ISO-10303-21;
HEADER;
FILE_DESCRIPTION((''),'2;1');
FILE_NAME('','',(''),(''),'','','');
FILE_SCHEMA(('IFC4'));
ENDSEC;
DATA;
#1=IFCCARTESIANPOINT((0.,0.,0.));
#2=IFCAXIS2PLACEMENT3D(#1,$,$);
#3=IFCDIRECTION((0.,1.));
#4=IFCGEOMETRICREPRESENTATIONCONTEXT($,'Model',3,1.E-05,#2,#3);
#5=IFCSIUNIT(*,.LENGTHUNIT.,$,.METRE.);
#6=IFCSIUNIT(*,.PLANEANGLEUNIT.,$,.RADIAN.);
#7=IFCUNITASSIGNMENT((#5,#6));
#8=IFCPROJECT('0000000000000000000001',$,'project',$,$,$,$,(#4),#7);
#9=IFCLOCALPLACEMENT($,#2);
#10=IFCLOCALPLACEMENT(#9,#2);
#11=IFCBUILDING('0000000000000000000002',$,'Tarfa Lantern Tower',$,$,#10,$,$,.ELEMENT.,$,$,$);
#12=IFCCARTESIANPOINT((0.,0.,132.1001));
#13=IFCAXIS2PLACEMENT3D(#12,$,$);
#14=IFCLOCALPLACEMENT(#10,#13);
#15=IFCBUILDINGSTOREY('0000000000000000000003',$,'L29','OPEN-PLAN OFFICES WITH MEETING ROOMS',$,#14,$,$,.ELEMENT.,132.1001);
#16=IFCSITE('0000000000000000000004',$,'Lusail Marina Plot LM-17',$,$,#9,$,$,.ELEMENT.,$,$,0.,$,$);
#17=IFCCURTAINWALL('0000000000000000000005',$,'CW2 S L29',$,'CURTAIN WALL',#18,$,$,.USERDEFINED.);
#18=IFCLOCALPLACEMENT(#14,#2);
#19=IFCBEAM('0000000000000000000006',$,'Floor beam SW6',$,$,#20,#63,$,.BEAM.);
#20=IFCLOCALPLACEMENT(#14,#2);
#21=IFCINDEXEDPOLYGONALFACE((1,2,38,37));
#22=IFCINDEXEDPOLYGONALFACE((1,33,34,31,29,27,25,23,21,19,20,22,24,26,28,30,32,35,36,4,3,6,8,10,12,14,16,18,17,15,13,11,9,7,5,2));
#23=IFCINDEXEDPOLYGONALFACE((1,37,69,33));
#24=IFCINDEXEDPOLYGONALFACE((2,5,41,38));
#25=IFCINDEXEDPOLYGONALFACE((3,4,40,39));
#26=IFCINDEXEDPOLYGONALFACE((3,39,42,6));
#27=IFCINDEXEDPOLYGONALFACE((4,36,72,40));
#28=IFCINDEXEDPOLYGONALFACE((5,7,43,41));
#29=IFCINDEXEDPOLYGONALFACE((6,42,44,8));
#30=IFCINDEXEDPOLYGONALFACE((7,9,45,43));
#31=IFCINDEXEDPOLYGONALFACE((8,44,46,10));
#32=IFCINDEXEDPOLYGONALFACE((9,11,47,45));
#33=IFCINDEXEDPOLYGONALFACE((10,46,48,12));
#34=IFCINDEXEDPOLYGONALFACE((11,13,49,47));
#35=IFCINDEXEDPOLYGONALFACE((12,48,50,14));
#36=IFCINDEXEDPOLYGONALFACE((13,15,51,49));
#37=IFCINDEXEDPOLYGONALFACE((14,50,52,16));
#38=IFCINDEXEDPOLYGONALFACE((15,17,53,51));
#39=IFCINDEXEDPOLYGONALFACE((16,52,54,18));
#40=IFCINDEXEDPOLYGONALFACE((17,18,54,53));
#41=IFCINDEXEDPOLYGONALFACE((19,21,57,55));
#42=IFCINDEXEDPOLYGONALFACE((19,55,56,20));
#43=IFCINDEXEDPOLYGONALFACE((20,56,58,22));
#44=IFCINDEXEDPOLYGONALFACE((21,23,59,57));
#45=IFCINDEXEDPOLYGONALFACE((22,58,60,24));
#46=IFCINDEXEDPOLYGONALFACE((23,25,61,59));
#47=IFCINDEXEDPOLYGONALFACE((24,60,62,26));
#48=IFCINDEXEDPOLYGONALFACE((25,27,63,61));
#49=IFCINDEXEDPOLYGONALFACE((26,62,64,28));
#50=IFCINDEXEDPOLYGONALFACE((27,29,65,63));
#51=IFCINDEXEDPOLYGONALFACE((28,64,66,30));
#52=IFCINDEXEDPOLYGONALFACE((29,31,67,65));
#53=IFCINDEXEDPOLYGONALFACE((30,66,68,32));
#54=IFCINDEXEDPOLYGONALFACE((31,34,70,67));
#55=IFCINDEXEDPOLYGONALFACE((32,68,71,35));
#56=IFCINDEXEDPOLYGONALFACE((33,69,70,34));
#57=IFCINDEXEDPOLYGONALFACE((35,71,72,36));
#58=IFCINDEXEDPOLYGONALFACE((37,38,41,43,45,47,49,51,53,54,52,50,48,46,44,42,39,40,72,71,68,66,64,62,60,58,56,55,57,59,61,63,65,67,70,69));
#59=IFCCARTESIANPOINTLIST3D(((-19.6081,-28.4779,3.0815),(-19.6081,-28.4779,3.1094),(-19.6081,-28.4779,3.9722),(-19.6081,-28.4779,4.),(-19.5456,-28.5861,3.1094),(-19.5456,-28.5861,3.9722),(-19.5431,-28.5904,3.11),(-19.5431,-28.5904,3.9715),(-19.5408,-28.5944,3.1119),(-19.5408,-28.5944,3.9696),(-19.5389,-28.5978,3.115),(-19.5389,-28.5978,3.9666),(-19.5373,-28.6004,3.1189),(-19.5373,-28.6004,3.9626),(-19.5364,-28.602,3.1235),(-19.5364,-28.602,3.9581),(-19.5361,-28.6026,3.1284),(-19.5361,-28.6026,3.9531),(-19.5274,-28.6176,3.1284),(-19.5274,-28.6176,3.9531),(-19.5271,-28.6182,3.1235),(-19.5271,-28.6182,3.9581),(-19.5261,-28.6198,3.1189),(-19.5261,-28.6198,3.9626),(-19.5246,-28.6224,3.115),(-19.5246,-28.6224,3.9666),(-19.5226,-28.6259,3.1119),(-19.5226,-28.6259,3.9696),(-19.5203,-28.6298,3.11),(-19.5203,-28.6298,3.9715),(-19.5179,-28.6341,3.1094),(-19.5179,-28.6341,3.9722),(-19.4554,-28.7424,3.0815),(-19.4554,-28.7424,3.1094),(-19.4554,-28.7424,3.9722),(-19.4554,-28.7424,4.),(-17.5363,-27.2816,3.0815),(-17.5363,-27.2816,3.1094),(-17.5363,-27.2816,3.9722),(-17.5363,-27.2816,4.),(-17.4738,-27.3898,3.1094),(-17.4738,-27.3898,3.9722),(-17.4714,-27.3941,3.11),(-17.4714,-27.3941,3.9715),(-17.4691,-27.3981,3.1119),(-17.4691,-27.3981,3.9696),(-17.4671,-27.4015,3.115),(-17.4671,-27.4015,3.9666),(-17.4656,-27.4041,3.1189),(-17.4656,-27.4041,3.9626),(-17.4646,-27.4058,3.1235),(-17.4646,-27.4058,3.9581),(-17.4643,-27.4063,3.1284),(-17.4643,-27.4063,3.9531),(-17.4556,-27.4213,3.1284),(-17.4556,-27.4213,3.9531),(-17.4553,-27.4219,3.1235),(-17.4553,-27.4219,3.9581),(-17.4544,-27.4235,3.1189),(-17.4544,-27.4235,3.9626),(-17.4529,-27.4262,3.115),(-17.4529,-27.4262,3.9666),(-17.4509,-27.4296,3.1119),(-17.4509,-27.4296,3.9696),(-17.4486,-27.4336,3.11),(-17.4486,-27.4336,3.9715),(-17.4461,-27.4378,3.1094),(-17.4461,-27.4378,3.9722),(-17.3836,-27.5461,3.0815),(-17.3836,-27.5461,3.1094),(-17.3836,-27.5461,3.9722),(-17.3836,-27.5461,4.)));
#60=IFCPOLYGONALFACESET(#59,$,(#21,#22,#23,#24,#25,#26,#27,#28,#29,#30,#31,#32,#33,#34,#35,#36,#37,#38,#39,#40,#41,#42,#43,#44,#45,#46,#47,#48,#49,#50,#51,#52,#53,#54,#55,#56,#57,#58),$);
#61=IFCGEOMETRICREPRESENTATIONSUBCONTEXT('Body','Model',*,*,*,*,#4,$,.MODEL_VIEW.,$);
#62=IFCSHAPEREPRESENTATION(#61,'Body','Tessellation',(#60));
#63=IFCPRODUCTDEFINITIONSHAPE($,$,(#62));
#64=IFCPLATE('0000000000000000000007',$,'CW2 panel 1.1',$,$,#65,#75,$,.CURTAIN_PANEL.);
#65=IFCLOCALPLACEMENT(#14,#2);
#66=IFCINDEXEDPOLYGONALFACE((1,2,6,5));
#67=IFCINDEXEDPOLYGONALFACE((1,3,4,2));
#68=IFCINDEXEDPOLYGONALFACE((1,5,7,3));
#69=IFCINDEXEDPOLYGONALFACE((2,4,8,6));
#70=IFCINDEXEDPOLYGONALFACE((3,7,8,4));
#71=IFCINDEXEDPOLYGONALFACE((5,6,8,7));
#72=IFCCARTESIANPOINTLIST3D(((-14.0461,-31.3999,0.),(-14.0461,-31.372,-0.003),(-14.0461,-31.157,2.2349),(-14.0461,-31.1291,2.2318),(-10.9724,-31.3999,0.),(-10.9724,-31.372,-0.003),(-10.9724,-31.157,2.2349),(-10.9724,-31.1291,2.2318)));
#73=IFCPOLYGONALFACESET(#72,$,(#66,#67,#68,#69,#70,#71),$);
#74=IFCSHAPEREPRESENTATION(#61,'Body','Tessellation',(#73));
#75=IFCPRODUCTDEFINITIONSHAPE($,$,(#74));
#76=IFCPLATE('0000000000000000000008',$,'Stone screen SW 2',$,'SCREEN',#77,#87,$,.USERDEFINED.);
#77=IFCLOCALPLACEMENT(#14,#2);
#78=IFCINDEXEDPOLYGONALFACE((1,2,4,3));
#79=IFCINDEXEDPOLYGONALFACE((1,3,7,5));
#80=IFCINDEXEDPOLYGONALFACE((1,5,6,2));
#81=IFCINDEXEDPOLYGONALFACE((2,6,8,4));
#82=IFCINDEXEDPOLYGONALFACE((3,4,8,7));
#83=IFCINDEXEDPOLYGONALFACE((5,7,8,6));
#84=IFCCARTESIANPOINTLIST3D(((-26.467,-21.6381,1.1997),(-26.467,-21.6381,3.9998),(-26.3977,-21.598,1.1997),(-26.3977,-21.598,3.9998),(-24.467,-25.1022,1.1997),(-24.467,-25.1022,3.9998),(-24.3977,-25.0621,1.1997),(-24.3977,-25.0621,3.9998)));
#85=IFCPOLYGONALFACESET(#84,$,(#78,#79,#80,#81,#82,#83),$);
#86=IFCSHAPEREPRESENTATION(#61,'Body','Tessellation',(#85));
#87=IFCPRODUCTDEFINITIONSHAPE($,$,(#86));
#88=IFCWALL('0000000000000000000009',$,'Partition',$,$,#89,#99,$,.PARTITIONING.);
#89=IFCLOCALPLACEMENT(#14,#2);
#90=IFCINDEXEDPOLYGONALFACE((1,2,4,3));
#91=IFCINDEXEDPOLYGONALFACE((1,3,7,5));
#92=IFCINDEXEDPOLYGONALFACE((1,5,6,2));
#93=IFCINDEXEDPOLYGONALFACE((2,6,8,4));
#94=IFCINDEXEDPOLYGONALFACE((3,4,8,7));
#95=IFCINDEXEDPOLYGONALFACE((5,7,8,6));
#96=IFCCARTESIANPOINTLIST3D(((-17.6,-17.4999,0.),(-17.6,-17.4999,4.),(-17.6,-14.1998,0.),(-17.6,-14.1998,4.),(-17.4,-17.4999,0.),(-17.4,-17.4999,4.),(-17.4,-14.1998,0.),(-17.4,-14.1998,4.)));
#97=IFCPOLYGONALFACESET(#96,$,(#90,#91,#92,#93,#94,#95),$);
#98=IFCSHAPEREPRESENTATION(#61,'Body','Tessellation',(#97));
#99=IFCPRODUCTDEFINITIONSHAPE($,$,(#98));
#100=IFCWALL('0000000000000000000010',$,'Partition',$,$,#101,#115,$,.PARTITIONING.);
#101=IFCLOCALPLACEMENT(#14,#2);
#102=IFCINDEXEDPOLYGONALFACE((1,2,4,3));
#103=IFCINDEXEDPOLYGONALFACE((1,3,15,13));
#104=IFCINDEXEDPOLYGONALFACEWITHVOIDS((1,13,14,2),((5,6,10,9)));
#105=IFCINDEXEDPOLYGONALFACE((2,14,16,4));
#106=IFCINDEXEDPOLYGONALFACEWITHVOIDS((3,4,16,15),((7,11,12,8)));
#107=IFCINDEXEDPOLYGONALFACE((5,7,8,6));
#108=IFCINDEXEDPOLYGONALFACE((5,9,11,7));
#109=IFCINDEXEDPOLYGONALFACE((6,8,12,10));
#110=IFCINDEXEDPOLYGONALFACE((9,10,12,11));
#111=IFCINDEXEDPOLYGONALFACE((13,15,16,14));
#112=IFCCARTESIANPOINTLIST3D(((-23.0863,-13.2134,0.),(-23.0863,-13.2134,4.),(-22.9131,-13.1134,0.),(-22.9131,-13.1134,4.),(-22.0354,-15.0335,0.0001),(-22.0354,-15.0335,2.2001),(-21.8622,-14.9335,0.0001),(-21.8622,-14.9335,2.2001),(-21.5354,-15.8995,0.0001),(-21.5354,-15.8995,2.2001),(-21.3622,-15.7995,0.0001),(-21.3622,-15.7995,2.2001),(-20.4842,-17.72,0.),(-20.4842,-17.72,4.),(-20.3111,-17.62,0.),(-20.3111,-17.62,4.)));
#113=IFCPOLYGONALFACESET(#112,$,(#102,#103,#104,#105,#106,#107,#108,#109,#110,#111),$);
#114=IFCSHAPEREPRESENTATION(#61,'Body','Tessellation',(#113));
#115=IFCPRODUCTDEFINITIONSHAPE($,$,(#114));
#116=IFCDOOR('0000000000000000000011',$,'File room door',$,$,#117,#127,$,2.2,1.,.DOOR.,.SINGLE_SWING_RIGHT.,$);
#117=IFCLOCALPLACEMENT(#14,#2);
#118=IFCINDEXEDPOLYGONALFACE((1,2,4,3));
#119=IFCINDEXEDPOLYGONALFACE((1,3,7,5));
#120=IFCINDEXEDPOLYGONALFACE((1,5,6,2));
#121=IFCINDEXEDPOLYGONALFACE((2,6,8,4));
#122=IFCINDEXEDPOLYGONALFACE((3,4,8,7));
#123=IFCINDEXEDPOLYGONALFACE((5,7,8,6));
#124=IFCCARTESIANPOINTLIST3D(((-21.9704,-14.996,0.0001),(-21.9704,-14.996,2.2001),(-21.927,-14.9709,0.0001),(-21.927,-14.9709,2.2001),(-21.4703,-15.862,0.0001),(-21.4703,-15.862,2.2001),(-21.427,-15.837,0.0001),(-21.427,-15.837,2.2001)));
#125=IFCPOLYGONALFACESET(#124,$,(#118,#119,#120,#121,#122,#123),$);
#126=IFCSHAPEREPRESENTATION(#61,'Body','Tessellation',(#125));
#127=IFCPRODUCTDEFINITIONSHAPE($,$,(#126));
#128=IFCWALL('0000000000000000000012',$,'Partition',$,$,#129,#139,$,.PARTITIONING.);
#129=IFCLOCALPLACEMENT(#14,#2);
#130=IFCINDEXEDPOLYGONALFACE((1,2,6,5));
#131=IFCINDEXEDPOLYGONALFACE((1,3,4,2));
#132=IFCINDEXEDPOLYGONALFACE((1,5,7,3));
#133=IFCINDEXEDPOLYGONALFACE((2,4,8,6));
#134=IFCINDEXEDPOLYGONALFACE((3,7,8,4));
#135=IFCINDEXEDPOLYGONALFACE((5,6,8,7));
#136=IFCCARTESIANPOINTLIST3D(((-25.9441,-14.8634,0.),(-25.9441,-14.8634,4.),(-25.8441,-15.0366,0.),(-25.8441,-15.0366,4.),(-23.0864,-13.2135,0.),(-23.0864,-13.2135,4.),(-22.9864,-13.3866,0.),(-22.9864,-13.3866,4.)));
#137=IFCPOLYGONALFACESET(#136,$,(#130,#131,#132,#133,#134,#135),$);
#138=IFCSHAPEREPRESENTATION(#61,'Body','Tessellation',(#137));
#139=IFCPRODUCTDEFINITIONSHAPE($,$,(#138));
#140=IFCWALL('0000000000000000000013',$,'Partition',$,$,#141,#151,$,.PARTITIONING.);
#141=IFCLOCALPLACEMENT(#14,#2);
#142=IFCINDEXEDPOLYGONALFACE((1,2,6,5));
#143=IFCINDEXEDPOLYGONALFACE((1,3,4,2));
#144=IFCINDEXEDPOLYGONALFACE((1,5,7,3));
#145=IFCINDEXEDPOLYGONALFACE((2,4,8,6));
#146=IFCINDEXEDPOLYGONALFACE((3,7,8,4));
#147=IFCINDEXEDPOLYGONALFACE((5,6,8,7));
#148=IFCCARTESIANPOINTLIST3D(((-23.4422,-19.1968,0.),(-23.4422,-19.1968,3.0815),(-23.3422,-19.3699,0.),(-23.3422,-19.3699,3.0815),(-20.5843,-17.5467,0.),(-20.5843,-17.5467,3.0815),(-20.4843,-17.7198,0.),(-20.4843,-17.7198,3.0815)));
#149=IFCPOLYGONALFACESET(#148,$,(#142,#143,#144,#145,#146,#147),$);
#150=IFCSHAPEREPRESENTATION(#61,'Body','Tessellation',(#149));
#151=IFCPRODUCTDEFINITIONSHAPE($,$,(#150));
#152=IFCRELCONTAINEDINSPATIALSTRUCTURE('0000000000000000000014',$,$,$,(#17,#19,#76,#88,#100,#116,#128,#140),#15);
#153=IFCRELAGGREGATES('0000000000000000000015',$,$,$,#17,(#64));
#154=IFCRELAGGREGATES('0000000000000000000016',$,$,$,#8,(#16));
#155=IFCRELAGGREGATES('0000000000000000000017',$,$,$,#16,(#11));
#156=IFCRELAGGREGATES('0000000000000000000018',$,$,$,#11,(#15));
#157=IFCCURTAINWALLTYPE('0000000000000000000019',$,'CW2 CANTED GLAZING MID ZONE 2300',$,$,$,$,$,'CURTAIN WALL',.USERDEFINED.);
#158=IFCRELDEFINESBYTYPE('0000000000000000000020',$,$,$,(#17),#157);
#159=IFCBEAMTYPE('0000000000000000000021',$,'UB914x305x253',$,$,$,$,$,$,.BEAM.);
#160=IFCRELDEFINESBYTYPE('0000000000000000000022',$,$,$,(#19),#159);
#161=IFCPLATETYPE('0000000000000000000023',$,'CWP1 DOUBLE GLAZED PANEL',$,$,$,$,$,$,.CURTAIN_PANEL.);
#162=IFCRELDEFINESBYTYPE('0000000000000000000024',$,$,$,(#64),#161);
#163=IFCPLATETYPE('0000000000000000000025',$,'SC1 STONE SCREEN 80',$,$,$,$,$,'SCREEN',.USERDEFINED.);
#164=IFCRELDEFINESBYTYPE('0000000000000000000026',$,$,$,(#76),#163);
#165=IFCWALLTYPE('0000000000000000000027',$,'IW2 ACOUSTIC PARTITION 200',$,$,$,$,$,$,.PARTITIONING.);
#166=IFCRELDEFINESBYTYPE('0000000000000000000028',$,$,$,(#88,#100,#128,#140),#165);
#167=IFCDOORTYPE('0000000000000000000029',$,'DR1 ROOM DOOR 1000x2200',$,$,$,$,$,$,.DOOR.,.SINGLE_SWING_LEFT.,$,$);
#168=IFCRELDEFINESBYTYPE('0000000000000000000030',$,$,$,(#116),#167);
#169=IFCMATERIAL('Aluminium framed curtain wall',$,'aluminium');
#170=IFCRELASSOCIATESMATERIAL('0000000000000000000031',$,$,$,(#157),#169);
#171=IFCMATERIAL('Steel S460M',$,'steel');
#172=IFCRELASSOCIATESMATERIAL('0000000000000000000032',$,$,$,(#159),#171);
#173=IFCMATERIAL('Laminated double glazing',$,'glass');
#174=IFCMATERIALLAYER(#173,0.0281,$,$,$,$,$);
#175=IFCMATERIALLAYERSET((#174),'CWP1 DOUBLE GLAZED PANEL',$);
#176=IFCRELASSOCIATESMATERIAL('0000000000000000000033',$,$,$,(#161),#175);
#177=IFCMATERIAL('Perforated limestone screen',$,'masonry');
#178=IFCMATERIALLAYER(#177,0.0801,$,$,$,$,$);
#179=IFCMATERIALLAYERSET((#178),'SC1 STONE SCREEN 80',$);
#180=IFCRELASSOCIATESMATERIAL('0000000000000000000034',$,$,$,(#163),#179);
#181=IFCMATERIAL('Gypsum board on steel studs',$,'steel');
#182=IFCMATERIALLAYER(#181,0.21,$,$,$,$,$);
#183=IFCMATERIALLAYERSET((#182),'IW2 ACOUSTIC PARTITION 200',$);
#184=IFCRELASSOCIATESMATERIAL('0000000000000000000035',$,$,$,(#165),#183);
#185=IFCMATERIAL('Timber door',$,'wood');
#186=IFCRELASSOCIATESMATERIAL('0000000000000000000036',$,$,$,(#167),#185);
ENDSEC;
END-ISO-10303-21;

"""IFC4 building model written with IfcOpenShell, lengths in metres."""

from ifc_helpers import new_model, si_unit, direction, frame, frame_2d, origin, origin_2d, place, context, subcontext, project, spatial, polyline, rectangle, i_section, outline, extrude, material, layer, layer_set, material_profile, profile_set, type_object, element, fill, aggregate, save


model = new_model("IFC4")

# Units and contexts
model_context = context("Model", 3, precision=1e-05, world=origin(), true_north=direction((0.0, 1.0)))
body_context = subcontext(model_context, "Body", "Model", "MODEL_VIEW")
ifc_project = project(units=[si_unit("LENGTHUNIT", "METRE"), si_unit("PLANEANGLEUNIT", "RADIAN")], contexts=[model_context])

# Site, building, storey
site_placement = place(None, origin())
site = spatial("IfcSite", under=ifc_project, at=site_placement, Name="Lusail Marina Plot LM-17", CompositionType="ELEMENT", RefElevation=0.0)
building_placement = place(site_placement, origin())
building = spatial("IfcBuilding", under=site, at=building_placement, Name="Tarfa Lantern Tower", CompositionType="ELEMENT")
storey_placement = place(building_placement, frame((0.0, 0.0, 132.1001)))
storey = spatial("IfcBuildingStorey", under=building, at=storey_placement, Name="L29", Description="OPEN-PLAN OFFICES WITH MEETING ROOMS", CompositionType="ELEMENT", Elevation=132.1001)

# Curtain wall
ifc_material_1 = material(Name="Aluminium framed curtain wall", Category="aluminium")
curtain_wall_type = type_object("IfcCurtainWallType", Name="CW2 CANTED GLAZING MID ZONE 2300", ElementType="CURTAIN WALL", PredefinedType="USERDEFINED", material=ifc_material_1)
curtain_wall_placement = place(storey_placement, origin())
curtain_wall = element("IfcCurtainWall", 1, at=curtain_wall_placement, inside=storey, type_object=curtain_wall_type, Name="CW2 S L29", ObjectType="CURTAIN WALL", PredefinedType="USERDEFINED")

# Beam
ifc_material_2 = material(Name="Steel S460M", Category="steel")
ifc_material_profile_1 = material_profile(ifc_material_2, i_section(OverallWidth=0.3054, OverallDepth=0.9185, WebThickness=0.0173, FlangeThickness=0.0278, FilletRadius=0.019, at=origin_2d()), Name="UB914x305x253")
ifc_profile_set_1 = profile_set([ifc_material_profile_1], Name="Steel S460M")
beam_type_1 = type_object("IfcBeamType", Name="UB914x305x253", PredefinedType="BEAM", material=ifc_profile_set_1)
beam_1_placement = place(storey_placement, frame((-19.5317, -28.6101, 3.5408), z_axis=(0.865999, 0.500046, 0.0), x_axis=(-0.500046, 0.865999, 0.0)))
element("IfcBeam", 2, at=beam_1_placement, inside=storey, type_object=beam_type_1, Name="Floor beam SW6", PredefinedType="BEAM", context=body_context, shape_type="SweptSolid", body=[
    extrude(i_section(OverallWidth=0.3054, OverallDepth=0.9185, WebThickness=0.0173, FlangeThickness=0.0278, FilletRadius=0.019, at=origin_2d()), origin(), (0.0, 0.0, 1.0), 2.3923),
])

# Plates
ifc_material_3 = material(Name="Laminated double glazing", Category="glass")
ifc_layer_1 = layer(ifc_material_3, 0.0281)
ifc_layer_set_1 = layer_set([ifc_layer_1], Name="CWP1 DOUBLE GLAZED PANEL")
plate_type_1 = type_object("IfcPlateType", Name="CWP1 DOUBLE GLAZED PANEL", PredefinedType="CURTAIN_PANEL", material=ifc_layer_set_1)
plate_1_placement = place(storey_placement, frame((-14.0461, -31.3999, 0.0), z_axis=(0.0, -0.994144, 0.108059), x_axis=(1.0, 0.0, 0.0)))
plate_1 = element("IfcPlate", 3, at=plate_1_placement, type_object=plate_type_1, Name="CW2 panel 1.1", PredefinedType="CURTAIN_PANEL", context=body_context, shape_type="SweptSolid", body=[
    extrude(outline(polyline([(0.0, 0.0), (3.0737, 0.0), (3.0737, 2.248), (0.0, 2.248), (0.0, 0.0)])), origin(), (0.0, 0.0, -1.0), 0.0281),
])
aggregate(curtain_wall, [plate_1])
ifc_material_4 = material(Name="Perforated limestone screen", Category="masonry")
ifc_layer_2 = layer(ifc_material_4, 0.0801)
ifc_layer_set_2 = layer_set([ifc_layer_2], Name="SC1 STONE SCREEN 80")
plate_type_2 = type_object("IfcPlateType", Name="SC1 STONE SCREEN 80", ElementType="SCREEN", PredefinedType="USERDEFINED", material=ifc_layer_set_2)
plate_2_placement = place(storey_placement, frame((-25.4324, -23.3501, 1.1997), z_axis=(0.0, 0.0, 1.0), x_axis=(0.5, -0.866025, 0.0)))
element("IfcPlate", 4, at=plate_2_placement, inside=storey, type_object=plate_type_2, Name="Stone screen SW 2", ObjectType="SCREEN", PredefinedType="USERDEFINED", context=body_context, shape_type="SweptSolid", body=[
    extrude(rectangle(XDim=4.0, YDim=0.0801, at=origin_2d()), origin(), (0.0, 0.0, 1.0), 2.8),
])

# Wall
ifc_material_5 = material(Name="Gypsum board on steel studs", Category="steel")
ifc_layer_3 = layer(ifc_material_5, 0.21)
ifc_layer_set_3 = layer_set([ifc_layer_3], Name="IW2 ACOUSTIC PARTITION 200")
wall_type = type_object("IfcWallType", Name="IW2 ACOUSTIC PARTITION 200", PredefinedType="PARTITIONING", material=ifc_layer_set_3)
wall_1_placement = place(storey_placement, frame((-17.5, -14.2, 0.0), z_axis=(0.0, 0.0, 1.0), x_axis=(0.0, -1.0, 0.0)))
element("IfcWall", 5, at=wall_1_placement, inside=storey, type_object=wall_type, Name="Partition", PredefinedType="PARTITIONING", context=body_context, shape_type="SweptSolid", body=[
    extrude(rectangle(XDim=3.3, YDim=0.2, at=frame_2d((1.6499, 0.0))), origin(), (0.0, 0.0, 1.0), 4.0),
])

# Wall, opening, door
wall_2_placement = place(storey_placement, frame((-22.9998, -13.1633, 0.0), z_axis=(0.0, 0.0, 1.0), x_axis=(0.500024, -0.866011, 0.0)))
wall_2 = element("IfcWall", 6, at=wall_2_placement, inside=storey, type_object=wall_type, Name="Partition", PredefinedType="PARTITIONING", context=body_context, shape_type="SweptSolid", body=[
    extrude(rectangle(XDim=5.2039, YDim=0.2, at=frame_2d((2.6021, 0.0))), origin(), (0.0, 0.0, 1.0), 4.0),
])
opening_placement = place(wall_2_placement, frame((2.1018, 0.0, 0.0)))
opening = element("IfcOpeningElement", 7, at=opening_placement, cuts=wall_2, PredefinedType="OPENING", context=body_context, shape_type="SweptSolid", body=[
    extrude(rectangle(XDim=1.0, YDim=2.2, at=frame_2d((0.5, 1.1001))), frame((0.0, 0.1099, 0.0), z_axis=(0.0, -1.0, 0.0), x_axis=(1.0, 0.0, 0.0)), (0.0, 0.0, 1.0), 0.22),
])
ifc_material_6 = material(Name="Timber door", Category="wood")
door_type = type_object("IfcDoorType", Name="DR1 ROOM DOOR 1000x2200", OperationType="SINGLE_SWING_LEFT", PredefinedType="DOOR", material=ifc_material_6)
door_placement = place(opening_placement, frame((1.0, 0.0, 0.0), z_axis=(0.0, 0.0, 1.0), x_axis=(-1.0, 0.0, 0.0)))
door = element("IfcDoor", 8, at=door_placement, inside=storey, type_object=door_type, Name="File room door", OperationType="SINGLE_SWING_RIGHT", OverallHeight=2.2, OverallWidth=1.0, PredefinedType="DOOR", context=body_context, shape_type="SweptSolid", body=[
    extrude(rectangle(XDim=1.0, YDim=2.2, at=frame_2d((0.5, 1.1001))), frame((0.0, 0.0249, 0.0), z_axis=(0.0, -1.0, 0.0), x_axis=(1.0, 0.0, 0.0)), (0.0, 0.0, 1.0), 0.05),
])
fill(opening, door)

# Walls
wall_3_placement = place(storey_placement, frame((-23.0364, -13.3, 0.0), z_axis=(0.0, 0.0, 1.0), x_axis=(-0.866022, -0.500006, 0.0)))
element("IfcWall", 9, at=wall_3_placement, inside=storey, type_object=wall_type, Name="Partition", PredefinedType="PARTITIONING", context=body_context, shape_type="SweptSolid", body=[
    extrude(rectangle(XDim=3.2998, YDim=0.2, at=frame_2d((1.6499, 0.0))), origin(), (0.0, 0.0, 1.0), 4.0),
])
wall_4_placement = place(storey_placement, frame((-20.5344, -17.6333, 0.0), z_axis=(0.0, 0.0, 1.0), x_axis=(-0.866008, -0.50003, 0.0)))
element("IfcWall", 10, at=wall_4_placement, inside=storey, type_object=wall_type, Name="Partition", PredefinedType="PARTITIONING", context=body_context, shape_type="SweptSolid", body=[
    extrude(rectangle(XDim=3.3, YDim=0.2, at=frame_2d((1.6499, 0.0))), origin(), (0.0, 0.0, 1.0), 3.0815),
])

save(model, "model.ifc")
